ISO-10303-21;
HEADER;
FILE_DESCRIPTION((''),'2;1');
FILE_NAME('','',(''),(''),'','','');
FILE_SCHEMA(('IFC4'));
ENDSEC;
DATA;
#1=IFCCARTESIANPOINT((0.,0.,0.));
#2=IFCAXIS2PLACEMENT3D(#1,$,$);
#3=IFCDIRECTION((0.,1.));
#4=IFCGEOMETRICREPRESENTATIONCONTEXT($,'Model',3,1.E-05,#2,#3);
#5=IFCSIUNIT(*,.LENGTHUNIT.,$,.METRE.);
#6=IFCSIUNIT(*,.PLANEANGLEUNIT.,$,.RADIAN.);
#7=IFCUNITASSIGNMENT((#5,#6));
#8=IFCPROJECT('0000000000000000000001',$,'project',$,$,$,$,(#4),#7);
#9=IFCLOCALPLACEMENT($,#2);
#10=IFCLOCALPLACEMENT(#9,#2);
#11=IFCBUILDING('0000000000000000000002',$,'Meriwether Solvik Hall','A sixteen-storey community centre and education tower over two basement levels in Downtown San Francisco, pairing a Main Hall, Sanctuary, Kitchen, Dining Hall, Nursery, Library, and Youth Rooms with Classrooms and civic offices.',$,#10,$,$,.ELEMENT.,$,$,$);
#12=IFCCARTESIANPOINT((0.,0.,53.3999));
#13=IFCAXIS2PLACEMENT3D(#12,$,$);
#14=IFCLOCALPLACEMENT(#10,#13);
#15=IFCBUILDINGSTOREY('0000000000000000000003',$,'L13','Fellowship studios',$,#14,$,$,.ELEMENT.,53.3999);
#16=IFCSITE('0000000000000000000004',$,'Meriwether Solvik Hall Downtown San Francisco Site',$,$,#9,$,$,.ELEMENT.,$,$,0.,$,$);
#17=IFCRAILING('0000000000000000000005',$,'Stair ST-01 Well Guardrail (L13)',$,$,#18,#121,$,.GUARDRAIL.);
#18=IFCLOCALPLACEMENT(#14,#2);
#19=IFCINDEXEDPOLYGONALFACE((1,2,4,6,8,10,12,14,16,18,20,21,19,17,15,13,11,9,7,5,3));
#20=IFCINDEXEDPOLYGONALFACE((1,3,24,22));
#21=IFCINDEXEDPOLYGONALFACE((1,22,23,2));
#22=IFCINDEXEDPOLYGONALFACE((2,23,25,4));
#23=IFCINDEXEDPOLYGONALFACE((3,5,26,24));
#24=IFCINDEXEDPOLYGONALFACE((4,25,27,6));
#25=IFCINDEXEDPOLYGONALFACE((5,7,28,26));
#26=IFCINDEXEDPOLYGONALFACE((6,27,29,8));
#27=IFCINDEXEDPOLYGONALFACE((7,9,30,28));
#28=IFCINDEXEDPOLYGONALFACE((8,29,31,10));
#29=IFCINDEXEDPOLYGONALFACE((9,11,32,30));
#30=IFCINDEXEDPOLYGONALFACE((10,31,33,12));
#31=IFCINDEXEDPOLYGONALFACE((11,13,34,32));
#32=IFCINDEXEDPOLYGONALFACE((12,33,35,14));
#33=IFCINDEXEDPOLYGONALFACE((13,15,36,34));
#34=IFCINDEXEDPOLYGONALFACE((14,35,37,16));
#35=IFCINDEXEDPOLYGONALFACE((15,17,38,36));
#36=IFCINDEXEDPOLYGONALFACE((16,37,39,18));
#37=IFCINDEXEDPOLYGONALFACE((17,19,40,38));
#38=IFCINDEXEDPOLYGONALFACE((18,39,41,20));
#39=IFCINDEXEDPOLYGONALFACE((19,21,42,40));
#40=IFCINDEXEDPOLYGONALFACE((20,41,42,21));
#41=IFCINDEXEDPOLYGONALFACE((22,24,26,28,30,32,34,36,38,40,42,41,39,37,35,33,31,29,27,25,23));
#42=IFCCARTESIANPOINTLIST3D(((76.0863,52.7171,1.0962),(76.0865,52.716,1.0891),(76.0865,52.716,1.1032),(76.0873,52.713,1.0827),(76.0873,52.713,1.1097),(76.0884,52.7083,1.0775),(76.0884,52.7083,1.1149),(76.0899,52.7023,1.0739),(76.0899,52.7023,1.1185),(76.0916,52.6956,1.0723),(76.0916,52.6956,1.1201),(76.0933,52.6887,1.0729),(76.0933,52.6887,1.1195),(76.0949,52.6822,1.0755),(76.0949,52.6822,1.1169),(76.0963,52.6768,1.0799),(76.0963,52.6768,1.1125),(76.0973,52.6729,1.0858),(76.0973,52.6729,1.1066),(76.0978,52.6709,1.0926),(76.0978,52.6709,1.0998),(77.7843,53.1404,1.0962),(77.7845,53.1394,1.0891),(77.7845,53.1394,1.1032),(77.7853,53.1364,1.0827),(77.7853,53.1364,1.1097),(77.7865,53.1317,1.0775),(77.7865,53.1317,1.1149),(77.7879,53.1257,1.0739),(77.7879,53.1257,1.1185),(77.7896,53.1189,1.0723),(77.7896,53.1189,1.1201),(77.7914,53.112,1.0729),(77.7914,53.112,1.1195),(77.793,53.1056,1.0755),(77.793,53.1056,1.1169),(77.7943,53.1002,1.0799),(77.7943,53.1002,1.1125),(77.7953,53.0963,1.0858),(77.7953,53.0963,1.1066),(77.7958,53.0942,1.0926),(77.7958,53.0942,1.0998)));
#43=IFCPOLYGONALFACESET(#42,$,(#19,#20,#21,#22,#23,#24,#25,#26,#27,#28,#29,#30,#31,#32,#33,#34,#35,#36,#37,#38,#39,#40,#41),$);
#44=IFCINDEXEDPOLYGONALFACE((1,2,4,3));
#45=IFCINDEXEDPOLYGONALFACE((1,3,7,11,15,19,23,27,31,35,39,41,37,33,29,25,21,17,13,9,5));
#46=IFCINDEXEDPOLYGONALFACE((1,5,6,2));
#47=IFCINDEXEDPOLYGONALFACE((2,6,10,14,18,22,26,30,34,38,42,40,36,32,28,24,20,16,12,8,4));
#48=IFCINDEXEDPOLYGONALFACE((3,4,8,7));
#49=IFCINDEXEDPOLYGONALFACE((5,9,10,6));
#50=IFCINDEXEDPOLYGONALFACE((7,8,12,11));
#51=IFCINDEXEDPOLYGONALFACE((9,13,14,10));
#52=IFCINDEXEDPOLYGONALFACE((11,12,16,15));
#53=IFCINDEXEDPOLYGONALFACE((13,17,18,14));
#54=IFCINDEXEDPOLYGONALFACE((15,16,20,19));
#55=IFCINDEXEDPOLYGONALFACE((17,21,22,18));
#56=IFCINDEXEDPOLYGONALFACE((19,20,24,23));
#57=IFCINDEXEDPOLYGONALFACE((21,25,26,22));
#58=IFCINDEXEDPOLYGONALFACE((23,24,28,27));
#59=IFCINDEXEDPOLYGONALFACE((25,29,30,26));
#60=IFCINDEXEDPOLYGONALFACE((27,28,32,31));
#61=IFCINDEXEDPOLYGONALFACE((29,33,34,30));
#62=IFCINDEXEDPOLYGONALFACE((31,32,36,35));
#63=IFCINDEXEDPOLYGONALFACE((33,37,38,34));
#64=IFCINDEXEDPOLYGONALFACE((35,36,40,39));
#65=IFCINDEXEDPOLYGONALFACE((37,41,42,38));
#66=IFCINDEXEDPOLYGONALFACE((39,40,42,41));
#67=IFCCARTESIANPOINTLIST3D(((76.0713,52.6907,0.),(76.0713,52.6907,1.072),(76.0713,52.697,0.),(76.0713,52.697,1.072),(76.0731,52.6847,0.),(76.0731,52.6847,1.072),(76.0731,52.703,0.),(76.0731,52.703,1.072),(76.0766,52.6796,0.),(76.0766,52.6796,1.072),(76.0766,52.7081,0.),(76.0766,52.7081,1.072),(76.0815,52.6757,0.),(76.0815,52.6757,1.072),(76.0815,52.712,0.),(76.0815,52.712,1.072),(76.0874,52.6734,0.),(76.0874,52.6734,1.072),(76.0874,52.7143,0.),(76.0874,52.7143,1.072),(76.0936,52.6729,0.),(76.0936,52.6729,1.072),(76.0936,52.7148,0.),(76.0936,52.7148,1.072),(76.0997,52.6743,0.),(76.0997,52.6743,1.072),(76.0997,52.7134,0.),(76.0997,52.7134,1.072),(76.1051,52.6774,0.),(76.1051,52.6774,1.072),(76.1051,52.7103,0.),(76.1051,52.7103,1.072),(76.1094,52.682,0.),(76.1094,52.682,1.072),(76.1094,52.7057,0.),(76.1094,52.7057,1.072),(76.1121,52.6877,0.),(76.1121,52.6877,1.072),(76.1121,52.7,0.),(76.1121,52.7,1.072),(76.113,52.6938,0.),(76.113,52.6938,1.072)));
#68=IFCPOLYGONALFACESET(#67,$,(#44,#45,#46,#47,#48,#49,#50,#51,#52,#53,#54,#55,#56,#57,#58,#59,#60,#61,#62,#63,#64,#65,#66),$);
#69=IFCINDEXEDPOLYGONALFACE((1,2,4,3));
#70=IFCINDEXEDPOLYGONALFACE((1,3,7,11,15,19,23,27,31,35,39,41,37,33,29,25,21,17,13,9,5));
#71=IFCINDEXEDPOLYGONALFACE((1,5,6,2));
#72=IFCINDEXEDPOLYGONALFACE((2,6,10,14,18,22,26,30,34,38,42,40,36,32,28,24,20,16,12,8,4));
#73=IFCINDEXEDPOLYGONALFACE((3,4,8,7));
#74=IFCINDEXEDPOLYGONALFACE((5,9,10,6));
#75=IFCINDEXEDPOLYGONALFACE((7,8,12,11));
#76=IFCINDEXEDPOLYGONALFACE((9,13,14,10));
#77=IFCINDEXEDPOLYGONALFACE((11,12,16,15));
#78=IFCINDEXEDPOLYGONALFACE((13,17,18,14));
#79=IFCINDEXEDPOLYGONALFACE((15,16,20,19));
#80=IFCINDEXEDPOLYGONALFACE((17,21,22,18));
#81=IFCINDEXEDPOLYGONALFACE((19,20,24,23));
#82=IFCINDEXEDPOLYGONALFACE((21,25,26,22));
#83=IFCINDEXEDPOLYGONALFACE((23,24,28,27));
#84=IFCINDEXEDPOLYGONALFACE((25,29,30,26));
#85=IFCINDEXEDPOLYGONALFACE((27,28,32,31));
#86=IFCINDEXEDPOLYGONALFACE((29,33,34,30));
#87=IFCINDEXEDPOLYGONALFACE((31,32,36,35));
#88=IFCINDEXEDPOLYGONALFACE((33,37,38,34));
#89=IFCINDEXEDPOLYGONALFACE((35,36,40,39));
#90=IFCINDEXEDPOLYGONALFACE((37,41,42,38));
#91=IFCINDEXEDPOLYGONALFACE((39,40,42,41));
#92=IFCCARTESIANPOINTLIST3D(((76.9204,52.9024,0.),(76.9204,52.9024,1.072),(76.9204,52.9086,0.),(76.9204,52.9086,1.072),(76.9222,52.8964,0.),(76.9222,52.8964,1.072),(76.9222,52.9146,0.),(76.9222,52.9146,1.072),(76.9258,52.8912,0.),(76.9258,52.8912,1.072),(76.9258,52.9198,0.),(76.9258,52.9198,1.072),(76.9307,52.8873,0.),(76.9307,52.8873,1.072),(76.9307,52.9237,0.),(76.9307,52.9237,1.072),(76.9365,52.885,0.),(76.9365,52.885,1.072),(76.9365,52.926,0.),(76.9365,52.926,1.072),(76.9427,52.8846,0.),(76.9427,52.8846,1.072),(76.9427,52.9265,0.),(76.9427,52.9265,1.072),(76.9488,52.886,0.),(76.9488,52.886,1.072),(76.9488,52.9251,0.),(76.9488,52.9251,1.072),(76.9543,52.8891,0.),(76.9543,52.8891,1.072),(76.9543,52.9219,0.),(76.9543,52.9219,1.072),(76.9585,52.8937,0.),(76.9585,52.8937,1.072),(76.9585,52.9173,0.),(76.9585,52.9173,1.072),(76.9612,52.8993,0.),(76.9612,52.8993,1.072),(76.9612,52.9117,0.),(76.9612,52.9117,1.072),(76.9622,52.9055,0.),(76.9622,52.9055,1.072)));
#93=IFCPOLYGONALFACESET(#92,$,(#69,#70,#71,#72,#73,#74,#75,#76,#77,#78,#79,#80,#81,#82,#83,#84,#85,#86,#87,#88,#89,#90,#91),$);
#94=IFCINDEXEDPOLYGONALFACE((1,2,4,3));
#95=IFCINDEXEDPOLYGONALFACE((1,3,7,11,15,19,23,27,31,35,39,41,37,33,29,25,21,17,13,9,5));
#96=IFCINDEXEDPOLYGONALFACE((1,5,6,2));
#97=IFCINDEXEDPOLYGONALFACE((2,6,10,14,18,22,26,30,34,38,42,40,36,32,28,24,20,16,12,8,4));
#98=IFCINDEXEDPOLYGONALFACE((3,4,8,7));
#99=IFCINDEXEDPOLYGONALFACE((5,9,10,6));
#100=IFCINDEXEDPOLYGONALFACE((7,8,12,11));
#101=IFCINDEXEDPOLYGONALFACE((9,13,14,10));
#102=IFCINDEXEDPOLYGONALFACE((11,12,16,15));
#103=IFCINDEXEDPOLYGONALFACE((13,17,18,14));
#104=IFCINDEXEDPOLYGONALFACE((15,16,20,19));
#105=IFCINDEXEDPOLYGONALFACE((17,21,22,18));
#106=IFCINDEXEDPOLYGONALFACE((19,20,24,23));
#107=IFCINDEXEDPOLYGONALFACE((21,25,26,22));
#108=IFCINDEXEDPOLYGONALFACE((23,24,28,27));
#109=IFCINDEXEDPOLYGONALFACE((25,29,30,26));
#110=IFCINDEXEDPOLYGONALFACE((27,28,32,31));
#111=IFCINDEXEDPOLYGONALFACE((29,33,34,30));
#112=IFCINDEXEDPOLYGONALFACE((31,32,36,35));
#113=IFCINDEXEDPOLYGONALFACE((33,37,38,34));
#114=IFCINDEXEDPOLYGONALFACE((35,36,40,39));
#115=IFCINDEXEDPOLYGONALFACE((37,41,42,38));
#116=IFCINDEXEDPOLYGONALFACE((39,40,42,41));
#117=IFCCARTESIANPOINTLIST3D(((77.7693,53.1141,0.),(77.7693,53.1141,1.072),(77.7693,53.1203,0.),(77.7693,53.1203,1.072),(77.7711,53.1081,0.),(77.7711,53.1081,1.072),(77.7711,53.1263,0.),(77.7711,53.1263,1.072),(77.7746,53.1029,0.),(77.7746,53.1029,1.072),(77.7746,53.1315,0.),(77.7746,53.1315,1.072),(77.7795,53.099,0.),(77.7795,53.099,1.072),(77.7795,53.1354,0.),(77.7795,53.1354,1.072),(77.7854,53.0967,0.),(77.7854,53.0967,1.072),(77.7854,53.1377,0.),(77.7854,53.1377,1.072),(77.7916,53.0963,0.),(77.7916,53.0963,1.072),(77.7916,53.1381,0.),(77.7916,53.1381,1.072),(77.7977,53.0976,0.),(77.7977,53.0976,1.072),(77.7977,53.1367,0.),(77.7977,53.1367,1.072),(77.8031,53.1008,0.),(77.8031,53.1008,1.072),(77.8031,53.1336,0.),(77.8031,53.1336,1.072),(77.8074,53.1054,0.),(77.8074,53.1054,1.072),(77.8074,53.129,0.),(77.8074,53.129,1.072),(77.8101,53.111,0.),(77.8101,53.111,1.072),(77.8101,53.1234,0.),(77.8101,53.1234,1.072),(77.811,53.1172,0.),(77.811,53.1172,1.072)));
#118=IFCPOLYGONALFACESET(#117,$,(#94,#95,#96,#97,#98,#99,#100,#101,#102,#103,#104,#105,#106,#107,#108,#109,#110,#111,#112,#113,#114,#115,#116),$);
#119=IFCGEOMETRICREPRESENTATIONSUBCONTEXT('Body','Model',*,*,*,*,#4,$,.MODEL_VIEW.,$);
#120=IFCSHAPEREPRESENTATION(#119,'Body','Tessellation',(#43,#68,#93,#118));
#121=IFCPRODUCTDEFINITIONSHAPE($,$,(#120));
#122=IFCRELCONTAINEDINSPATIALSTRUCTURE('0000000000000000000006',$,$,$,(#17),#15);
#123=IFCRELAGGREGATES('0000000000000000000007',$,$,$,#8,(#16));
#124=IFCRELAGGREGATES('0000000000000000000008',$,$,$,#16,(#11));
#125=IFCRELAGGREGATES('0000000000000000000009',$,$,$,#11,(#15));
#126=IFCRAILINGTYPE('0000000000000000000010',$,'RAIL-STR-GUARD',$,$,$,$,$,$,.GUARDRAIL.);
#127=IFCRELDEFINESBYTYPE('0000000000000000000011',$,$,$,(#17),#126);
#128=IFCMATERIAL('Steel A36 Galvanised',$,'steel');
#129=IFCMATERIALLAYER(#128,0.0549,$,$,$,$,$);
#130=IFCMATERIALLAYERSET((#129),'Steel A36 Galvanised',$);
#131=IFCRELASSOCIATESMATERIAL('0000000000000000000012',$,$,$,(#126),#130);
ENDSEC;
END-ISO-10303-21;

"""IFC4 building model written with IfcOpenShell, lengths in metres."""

from ifc_helpers import new_model, si_unit, direction, frame, origin, origin_2d, place, context, subcontext, project, spatial, circle, extrude, material, layer, layer_set, type_object, element, save


model = new_model("IFC4")

# Units and contexts
model_context = context("Model", 3, precision=1e-05, world=origin(), true_north=direction((0.0, 1.0)))
body_context = subcontext(model_context, "Body", "Model", "MODEL_VIEW")
ifc_project = project(units=[si_unit("LENGTHUNIT", "METRE"), si_unit("PLANEANGLEUNIT", "RADIAN")], contexts=[model_context])

# Site, building, storey
site_placement = place(None, origin())
site = spatial("IfcSite", under=ifc_project, at=site_placement, Name="Meriwether Solvik Hall Downtown San Francisco Site", CompositionType="ELEMENT", RefElevation=0.0)
building_placement = place(site_placement, origin())
building = spatial("IfcBuilding", under=site, at=building_placement, Name="Meriwether Solvik Hall", Description="A sixteen-storey community centre and education tower over two basement levels in Downtown San Francisco, pairing a Main Hall, Sanctuary, Kitchen, Dining Hall, Nursery, Library, and Youth Rooms with Classrooms and civic offices.", CompositionType="ELEMENT")
storey_placement = place(building_placement, frame((0.0, 0.0, 53.3999)))
storey = spatial("IfcBuildingStorey", under=building, at=storey_placement, Name="L13", Description="Fellowship studios", CompositionType="ELEMENT", Elevation=53.3999)

# Railing
ifc_material_1 = material(Name="Steel A36 Galvanised", Category="steel")
ifc_layer_1 = layer(ifc_material_1, 0.0549)
ifc_layer_set_1 = layer_set([ifc_layer_1], Name="Steel A36 Galvanised")
railing_type_1 = type_object("IfcRailingType", Name="RAIL-STR-GUARD", PredefinedType="GUARDRAIL", material=ifc_layer_set_1)
railing_1_placement = place(storey_placement, frame((76.092, 52.6938, 0.0)))
element("IfcRailing", 1, at=railing_1_placement, inside=storey, type_object=railing_type_1, Name="Stair ST-01 Well Guardrail (L13)", PredefinedType="GUARDRAIL", context=body_context, shape_type="SweptSolid", body=[
    extrude(circle(Radius=0.0239, at=origin_2d()), frame((0.0, 0.0, 1.0962), z_axis=(0.970298, 0.241912, 0.0), x_axis=(-0.241912, 0.970298, 0.0)), (0.0, 0.0, 1.0), 1.75),
    extrude(circle(Radius=0.021, at=origin_2d()), origin(), (0.0, 0.0, 1.0), 1.072),
    extrude(circle(Radius=0.021, at=origin_2d()), frame((0.8491, 0.2117, 0.0)), (0.0, 0.0, 1.0), 1.072),
    extrude(circle(Radius=0.021, at=origin_2d()), frame((1.698, 0.4233, 0.0)), (0.0, 0.0, 1.0), 1.072),
])

save(model, "model.ifc")
